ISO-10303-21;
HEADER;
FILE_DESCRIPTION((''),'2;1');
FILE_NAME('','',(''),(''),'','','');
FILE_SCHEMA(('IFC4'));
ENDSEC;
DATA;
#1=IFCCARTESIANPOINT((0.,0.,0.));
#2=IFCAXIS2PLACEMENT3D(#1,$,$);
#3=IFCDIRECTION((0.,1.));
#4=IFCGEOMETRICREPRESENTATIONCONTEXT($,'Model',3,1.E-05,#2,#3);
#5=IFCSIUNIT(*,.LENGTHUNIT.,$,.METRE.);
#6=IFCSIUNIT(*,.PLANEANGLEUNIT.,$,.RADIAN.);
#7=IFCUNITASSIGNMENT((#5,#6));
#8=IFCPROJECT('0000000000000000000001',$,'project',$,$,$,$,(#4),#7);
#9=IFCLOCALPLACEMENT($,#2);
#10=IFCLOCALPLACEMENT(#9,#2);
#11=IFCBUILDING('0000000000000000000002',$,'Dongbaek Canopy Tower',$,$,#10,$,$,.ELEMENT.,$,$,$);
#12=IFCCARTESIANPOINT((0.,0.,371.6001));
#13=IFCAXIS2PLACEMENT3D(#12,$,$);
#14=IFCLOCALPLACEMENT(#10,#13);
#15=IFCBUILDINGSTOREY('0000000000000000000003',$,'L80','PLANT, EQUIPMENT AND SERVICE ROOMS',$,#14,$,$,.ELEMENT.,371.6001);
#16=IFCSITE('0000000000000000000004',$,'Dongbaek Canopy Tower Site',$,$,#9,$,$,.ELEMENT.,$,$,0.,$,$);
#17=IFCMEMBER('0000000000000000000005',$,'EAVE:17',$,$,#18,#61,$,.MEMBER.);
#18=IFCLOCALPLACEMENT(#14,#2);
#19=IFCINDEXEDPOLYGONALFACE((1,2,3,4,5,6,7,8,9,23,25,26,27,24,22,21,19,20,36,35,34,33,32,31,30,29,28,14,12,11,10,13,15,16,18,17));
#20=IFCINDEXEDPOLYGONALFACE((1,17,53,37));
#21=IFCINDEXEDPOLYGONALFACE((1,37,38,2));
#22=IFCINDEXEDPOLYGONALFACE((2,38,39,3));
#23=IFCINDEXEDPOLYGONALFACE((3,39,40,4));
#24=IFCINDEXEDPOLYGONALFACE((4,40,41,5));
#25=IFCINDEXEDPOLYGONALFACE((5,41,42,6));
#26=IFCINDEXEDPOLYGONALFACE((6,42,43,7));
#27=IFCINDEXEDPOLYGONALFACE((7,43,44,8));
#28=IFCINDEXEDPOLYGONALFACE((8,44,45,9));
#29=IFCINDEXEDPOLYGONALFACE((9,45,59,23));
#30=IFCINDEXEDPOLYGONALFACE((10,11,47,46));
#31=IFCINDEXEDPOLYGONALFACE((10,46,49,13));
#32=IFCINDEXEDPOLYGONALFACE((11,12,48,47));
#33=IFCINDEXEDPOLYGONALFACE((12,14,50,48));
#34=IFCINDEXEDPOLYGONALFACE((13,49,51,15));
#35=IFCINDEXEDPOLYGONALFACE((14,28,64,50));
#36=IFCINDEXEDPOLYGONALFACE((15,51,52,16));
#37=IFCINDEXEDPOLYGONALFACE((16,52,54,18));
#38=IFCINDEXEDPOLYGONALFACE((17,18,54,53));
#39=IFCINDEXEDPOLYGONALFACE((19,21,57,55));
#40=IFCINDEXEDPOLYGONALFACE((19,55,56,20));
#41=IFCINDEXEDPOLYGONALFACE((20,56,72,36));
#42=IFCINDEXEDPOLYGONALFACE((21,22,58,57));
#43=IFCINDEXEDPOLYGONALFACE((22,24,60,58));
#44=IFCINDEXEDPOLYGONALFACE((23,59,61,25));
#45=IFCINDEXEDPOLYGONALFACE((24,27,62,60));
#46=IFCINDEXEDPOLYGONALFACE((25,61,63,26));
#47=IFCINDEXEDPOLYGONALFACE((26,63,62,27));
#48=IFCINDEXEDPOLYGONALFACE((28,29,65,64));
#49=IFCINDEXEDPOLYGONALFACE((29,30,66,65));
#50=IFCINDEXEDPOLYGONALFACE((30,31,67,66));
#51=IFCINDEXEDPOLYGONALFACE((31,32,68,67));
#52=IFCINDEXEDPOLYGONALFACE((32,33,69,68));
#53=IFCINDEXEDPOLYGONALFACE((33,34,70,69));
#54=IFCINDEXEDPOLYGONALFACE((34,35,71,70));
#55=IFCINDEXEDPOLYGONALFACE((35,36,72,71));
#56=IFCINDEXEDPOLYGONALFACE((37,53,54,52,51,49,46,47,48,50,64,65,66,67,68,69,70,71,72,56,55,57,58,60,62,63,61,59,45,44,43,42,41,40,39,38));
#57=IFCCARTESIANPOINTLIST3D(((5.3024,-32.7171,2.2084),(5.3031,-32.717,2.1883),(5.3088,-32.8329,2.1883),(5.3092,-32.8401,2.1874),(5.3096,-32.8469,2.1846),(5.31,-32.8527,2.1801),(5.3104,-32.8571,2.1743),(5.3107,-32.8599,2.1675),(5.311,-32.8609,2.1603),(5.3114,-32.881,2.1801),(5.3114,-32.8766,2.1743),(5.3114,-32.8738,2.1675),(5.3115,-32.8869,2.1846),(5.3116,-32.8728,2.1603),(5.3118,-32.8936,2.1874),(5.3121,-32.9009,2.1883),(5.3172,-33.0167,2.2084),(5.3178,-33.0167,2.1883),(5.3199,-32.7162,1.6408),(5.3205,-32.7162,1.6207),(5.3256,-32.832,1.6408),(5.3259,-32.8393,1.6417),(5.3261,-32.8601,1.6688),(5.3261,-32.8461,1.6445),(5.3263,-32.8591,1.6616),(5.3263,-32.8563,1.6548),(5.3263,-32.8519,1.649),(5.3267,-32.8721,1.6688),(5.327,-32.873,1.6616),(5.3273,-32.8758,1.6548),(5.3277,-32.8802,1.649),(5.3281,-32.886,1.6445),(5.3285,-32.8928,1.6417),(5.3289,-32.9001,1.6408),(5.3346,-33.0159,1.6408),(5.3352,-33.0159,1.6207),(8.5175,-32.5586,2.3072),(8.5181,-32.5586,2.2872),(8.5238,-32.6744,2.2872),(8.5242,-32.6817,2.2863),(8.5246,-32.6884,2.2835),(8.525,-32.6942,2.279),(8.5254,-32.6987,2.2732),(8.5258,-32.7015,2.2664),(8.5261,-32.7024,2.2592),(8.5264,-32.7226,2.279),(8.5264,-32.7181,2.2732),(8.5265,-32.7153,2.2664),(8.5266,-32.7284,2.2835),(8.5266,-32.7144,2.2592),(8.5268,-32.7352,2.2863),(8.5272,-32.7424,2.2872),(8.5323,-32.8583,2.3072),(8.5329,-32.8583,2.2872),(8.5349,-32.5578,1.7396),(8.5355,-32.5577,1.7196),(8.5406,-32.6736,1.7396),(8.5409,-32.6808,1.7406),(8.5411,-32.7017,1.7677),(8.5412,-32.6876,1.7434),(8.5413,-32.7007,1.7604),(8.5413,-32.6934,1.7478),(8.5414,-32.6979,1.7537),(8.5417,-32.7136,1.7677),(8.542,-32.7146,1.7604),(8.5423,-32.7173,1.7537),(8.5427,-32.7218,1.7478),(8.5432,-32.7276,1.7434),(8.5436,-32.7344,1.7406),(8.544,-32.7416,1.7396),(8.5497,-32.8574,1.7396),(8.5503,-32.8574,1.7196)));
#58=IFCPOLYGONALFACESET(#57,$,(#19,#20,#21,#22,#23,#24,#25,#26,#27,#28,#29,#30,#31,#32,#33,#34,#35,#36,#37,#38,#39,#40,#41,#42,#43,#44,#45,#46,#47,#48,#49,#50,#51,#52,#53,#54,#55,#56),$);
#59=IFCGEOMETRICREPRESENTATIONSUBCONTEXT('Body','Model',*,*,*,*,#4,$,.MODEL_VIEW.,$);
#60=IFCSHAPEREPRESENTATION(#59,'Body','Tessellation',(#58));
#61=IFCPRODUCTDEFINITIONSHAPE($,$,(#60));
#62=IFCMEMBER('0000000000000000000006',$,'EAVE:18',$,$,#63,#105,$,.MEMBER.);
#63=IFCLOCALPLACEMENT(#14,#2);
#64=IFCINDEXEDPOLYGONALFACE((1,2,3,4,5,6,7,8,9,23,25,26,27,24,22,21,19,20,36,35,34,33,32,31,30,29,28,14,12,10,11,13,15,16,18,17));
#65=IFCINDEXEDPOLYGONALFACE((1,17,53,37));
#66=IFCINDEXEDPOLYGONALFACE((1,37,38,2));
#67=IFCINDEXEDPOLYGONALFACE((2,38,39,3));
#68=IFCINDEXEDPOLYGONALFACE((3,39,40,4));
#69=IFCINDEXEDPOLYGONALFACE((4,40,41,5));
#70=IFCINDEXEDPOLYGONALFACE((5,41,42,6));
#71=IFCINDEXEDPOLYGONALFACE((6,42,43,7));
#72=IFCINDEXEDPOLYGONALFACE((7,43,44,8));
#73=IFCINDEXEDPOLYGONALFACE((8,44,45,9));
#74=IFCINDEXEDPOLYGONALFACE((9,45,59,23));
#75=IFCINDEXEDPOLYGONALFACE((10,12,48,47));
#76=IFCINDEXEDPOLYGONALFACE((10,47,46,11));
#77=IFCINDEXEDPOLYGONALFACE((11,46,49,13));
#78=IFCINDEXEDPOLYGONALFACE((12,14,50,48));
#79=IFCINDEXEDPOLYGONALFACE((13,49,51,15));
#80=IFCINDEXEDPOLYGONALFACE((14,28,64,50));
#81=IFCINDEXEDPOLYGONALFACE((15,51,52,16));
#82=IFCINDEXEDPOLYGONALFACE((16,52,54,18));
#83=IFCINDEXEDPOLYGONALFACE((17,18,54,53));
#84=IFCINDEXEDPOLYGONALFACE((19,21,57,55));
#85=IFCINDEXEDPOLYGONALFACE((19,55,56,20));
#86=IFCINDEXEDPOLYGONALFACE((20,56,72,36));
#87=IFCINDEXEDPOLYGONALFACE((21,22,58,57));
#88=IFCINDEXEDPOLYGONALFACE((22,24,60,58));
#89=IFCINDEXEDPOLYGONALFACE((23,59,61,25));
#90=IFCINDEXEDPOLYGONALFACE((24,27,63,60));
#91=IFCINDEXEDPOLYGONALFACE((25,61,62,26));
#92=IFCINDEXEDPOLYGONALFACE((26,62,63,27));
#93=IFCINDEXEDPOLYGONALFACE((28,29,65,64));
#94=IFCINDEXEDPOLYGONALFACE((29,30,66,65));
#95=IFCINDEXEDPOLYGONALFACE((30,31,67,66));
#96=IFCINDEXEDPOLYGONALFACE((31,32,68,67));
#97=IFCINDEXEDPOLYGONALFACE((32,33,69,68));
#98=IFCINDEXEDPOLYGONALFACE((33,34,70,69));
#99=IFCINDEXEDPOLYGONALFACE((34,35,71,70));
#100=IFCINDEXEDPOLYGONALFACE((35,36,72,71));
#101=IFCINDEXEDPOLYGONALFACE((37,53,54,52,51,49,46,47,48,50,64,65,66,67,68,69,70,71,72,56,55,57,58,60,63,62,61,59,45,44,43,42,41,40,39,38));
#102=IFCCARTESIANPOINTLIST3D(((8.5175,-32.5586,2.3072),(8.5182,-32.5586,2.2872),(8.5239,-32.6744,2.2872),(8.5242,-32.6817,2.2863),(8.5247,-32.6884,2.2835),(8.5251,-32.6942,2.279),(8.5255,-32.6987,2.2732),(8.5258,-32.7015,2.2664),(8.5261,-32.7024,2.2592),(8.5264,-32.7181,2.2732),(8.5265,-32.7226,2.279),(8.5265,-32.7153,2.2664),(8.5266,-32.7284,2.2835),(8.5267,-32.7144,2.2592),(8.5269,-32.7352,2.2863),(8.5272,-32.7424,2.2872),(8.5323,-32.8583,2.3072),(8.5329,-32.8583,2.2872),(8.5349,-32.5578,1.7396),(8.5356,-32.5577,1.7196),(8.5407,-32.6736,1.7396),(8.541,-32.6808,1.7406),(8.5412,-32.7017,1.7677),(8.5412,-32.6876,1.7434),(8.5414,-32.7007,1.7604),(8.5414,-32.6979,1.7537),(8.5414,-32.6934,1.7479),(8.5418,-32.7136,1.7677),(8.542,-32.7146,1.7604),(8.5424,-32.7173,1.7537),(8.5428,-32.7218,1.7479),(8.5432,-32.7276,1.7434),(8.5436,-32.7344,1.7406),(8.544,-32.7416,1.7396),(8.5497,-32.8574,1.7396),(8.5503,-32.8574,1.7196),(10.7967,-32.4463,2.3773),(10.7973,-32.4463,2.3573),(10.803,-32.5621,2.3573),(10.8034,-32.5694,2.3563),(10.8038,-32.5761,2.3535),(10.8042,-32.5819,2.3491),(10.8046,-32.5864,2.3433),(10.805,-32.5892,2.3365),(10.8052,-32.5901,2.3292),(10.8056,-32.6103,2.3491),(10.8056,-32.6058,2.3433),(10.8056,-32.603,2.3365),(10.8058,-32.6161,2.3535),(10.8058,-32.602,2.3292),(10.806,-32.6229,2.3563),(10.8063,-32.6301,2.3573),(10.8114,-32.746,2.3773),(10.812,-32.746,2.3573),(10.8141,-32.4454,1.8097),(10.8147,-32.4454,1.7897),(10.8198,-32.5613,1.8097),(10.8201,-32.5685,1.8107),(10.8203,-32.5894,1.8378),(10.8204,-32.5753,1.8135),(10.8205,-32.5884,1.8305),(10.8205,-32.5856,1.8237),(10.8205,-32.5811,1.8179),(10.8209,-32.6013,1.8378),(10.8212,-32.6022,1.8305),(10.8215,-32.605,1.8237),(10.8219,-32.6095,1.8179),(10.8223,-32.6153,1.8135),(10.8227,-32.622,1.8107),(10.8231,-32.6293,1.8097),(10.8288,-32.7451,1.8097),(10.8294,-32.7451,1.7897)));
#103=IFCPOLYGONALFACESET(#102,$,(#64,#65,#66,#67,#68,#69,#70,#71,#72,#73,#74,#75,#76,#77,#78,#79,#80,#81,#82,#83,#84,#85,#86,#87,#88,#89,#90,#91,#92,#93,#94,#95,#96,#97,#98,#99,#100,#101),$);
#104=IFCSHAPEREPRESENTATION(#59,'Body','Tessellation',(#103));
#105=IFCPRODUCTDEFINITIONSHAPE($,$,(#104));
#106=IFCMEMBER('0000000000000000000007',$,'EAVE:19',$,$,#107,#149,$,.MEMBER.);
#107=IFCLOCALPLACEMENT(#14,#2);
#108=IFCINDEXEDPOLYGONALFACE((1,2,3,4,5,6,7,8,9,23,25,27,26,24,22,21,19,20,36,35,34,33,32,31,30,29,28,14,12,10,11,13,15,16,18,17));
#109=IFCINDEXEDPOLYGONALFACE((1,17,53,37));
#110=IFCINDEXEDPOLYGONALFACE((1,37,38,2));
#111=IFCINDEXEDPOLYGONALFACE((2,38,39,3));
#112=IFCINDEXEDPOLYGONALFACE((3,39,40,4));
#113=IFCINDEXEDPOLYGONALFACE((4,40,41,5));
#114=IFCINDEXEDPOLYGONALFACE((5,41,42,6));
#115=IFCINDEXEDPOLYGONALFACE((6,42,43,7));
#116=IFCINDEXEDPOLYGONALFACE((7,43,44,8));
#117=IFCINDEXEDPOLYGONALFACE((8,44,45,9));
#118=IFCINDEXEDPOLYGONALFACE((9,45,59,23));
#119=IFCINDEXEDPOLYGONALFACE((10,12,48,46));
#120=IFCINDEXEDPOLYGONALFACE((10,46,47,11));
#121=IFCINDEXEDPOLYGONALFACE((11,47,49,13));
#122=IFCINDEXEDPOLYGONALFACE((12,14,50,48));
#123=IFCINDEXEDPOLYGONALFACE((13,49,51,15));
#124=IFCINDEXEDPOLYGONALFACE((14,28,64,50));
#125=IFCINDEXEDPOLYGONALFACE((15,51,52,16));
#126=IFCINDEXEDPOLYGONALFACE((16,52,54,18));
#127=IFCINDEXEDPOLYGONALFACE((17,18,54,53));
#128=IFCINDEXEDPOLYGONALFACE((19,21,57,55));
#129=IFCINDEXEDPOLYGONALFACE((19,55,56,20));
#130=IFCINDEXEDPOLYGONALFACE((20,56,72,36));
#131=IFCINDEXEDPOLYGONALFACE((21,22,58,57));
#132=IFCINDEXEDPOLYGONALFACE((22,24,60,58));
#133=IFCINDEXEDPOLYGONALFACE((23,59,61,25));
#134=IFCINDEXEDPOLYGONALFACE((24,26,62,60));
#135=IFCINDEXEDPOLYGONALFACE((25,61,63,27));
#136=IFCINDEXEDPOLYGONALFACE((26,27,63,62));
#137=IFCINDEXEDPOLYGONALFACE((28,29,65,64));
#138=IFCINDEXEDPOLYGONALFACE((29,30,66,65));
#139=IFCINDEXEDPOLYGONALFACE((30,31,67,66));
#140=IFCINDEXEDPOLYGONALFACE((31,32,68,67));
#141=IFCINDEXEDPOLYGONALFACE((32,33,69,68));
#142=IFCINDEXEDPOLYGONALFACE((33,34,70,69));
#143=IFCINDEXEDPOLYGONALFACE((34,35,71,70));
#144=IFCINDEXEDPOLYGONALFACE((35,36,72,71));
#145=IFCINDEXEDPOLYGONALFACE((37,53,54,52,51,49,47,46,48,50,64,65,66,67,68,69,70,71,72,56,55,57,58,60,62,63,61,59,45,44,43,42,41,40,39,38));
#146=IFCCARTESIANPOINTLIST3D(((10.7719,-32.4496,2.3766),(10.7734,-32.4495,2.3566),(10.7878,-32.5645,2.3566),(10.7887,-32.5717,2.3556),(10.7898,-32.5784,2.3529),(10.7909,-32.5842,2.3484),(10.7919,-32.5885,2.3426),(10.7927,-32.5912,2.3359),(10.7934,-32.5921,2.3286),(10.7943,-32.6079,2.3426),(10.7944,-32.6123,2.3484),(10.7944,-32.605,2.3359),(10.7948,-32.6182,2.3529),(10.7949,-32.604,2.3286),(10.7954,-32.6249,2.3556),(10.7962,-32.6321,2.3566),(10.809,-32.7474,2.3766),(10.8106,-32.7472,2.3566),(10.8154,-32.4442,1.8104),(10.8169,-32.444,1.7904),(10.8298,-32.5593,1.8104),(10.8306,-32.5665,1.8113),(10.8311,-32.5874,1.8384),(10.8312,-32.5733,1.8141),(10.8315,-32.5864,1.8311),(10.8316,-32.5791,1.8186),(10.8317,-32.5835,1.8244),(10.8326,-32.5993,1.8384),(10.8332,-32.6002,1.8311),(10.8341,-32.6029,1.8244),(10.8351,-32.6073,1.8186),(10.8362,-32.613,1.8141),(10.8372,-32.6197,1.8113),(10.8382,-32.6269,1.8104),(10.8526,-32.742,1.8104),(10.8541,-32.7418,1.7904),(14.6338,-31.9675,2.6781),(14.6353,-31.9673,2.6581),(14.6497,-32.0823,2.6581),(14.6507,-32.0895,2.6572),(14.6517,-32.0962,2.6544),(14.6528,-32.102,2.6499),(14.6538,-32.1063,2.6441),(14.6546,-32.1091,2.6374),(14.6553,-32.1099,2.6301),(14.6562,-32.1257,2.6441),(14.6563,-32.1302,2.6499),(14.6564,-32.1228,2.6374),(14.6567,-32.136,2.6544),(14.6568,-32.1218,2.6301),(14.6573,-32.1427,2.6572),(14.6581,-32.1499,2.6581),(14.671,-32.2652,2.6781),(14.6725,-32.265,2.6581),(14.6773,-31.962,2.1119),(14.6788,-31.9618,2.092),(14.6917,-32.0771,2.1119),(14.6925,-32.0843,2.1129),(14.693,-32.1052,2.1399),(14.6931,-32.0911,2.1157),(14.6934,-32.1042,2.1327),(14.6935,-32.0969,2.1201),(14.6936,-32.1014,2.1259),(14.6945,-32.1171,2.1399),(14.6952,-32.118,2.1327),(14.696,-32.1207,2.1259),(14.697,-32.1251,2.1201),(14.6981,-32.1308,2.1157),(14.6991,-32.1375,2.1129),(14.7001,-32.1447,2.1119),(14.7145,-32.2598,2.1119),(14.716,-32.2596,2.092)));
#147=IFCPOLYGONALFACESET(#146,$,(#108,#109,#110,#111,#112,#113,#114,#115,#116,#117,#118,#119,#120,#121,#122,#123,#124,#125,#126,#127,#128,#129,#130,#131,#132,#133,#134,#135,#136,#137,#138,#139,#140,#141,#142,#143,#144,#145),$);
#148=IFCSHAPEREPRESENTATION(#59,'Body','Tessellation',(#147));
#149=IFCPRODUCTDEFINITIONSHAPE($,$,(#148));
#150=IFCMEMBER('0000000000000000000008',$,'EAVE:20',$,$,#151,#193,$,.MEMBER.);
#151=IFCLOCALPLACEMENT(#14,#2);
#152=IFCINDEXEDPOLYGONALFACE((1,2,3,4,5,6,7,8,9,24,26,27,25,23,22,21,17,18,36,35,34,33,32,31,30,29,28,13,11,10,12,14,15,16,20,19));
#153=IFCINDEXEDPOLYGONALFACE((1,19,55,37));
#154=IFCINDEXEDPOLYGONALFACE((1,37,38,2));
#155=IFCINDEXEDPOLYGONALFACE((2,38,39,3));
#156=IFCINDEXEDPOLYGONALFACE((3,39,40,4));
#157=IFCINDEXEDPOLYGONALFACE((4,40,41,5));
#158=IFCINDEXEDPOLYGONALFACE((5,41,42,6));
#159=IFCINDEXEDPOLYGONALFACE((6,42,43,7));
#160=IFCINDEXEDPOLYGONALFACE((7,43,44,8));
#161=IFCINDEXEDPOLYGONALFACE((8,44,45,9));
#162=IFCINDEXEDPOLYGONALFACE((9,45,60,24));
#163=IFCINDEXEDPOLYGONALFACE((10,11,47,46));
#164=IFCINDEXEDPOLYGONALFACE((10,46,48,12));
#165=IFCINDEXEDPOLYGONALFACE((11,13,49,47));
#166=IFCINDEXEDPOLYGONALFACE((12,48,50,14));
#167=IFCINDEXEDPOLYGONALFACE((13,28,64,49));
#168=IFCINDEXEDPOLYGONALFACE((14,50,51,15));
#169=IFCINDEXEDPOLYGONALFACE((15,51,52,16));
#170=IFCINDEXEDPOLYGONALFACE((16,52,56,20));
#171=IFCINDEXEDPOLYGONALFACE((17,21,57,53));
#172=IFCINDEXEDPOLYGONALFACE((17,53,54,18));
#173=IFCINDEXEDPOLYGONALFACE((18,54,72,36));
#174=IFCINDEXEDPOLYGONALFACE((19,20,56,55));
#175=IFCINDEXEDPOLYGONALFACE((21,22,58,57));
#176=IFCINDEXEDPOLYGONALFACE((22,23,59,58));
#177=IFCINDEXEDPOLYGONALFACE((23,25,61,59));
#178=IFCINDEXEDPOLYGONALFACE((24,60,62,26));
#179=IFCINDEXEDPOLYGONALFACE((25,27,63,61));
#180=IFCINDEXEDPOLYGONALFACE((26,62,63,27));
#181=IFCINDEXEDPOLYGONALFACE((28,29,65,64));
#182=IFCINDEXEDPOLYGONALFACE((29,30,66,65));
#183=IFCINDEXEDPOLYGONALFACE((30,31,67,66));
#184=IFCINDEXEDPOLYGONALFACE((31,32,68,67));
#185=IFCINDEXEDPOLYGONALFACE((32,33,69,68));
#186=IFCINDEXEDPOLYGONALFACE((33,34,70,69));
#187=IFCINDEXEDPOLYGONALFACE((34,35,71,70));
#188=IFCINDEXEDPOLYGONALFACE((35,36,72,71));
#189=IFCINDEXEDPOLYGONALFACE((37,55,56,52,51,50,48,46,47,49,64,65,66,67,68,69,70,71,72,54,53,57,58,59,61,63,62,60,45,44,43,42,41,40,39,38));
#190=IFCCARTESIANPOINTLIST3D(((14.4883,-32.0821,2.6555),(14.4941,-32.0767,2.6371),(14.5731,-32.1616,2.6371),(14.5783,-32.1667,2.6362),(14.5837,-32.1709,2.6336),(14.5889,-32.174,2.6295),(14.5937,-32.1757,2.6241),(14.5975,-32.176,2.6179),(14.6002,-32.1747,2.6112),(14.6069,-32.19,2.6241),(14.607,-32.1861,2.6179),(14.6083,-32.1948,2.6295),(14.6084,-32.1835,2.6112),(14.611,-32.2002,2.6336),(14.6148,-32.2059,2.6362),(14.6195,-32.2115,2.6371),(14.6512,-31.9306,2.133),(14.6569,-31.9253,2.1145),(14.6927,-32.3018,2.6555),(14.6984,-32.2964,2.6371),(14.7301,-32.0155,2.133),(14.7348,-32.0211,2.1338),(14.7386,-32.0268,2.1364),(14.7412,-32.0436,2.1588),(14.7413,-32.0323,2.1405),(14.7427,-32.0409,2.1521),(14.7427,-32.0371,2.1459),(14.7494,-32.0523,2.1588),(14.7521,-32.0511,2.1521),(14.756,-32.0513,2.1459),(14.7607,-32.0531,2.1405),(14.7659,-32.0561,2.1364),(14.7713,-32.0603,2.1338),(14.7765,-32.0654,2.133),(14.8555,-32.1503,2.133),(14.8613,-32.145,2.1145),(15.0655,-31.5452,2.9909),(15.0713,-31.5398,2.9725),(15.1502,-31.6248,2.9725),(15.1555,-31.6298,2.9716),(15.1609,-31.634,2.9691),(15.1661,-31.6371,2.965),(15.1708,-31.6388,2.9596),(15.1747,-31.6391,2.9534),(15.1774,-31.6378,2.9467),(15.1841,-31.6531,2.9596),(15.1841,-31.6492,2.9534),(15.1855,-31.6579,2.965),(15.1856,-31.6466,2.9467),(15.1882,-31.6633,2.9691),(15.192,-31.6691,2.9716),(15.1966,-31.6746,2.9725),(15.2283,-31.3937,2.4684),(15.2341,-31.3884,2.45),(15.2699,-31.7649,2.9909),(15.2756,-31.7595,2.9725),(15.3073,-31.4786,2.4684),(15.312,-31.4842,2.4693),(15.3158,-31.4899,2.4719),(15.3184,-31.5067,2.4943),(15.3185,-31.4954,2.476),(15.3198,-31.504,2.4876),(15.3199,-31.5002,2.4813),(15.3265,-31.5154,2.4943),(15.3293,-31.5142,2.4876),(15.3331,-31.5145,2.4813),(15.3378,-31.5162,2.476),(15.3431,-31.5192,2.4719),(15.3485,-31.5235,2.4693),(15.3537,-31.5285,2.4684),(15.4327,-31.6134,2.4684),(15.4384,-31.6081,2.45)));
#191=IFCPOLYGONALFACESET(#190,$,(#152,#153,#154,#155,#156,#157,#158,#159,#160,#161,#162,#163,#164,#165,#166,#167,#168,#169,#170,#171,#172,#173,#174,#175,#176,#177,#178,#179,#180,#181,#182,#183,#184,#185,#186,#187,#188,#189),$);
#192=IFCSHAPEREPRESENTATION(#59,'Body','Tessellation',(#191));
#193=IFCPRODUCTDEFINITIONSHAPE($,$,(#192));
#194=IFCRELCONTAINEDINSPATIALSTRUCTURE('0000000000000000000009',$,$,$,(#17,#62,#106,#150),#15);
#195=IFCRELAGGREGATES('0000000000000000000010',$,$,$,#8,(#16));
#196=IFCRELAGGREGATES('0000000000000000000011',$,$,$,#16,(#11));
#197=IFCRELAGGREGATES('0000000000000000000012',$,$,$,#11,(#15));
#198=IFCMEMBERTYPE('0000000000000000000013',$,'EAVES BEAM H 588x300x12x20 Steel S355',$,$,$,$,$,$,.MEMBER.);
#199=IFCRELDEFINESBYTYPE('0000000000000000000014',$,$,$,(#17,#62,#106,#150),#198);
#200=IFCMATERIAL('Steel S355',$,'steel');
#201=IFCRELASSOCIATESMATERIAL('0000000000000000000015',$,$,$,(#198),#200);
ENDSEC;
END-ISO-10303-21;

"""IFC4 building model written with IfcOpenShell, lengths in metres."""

from ifc_helpers import new_model, si_unit, direction, frame, origin, origin_2d, place, context, subcontext, project, spatial, i_section, extrude, material, material_profile, profile_set, type_object, element, save


model = new_model("IFC4")

# Units and contexts
model_context = context("Model", 3, precision=1e-05, world=origin(), true_north=direction((0.0, 1.0)))
body_context = subcontext(model_context, "Body", "Model", "MODEL_VIEW")
ifc_project = project(units=[si_unit("LENGTHUNIT", "METRE"), si_unit("PLANEANGLEUNIT", "RADIAN")], contexts=[model_context])

# Site, building, storey
site_placement = place(None, origin())
site = spatial("IfcSite", under=ifc_project, at=site_placement, Name="Dongbaek Canopy Tower Site", CompositionType="ELEMENT", RefElevation=0.0)
building_placement = place(site_placement, origin())
building = spatial("IfcBuilding", under=site, at=building_placement, Name="Dongbaek Canopy Tower", CompositionType="ELEMENT")
storey_placement = place(building_placement, frame((0.0, 0.0, 371.6001)))
storey = spatial("IfcBuildingStorey", under=building, at=storey_placement, Name="L80", Description="PLANT, EQUIPMENT AND SERVICE ROOMS", CompositionType="ELEMENT", Elevation=371.6001)

# Members
ifc_material_1 = material(Name="Steel S355", Category="steel")
ifc_material_profile_1 = material_profile(ifc_material_1, i_section(OverallWidth=0.3, OverallDepth=0.5879, WebThickness=0.012, FlangeThickness=0.02, FilletRadius=0.0281, at=origin_2d()), Name="EAVES BEAM H 588x300x12x20 Steel S355")
ifc_profile_set_1 = profile_set([ifc_material_profile_1], Name="Steel S355")
member_type_1 = type_object("IfcMemberType", Name="EAVES BEAM H 588x300x12x20 Steel S355", PredefinedType="MEMBER", material=ifc_profile_set_1)
member_1_placement = place(storey_placement, frame((5.3188, -32.8665, 1.9146), z_axis=(0.998317, 0.049199, 0.030702), x_axis=(-0.049223, 0.998788, 0.0)))
element("IfcMember", 1, at=member_1_placement, inside=storey, type_object=member_type_1, Name="EAVE:17", PredefinedType="MEMBER", context=body_context, shape_type="SweptSolid", body=[
    extrude(i_section(OverallWidth=0.3, OverallDepth=0.5879, WebThickness=0.012, FlangeThickness=0.02, FilletRadius=0.0281, at=origin_2d()), origin(), (0.0, 0.0, 1.0), 3.2205),
])
member_2_placement = place(storey_placement, frame((8.5339, -32.708, 2.0134), z_axis=(0.998318, 0.049194, 0.030693), x_axis=(-0.049217, 0.998788, 0.0)))
element("IfcMember", 2, at=member_2_placement, inside=storey, type_object=member_type_1, Name="EAVE:18", PredefinedType="MEMBER", context=body_context, shape_type="SweptSolid", body=[
    extrude(i_section(OverallWidth=0.3, OverallDepth=0.5879, WebThickness=0.012, FlangeThickness=0.02, FilletRadius=0.0281, at=origin_2d()), origin(), (0.0, 0.0, 1.0), 2.283),
])
member_3_placement = place(storey_placement, frame((10.813, -32.5957, 2.0835), z_axis=(0.989331, 0.123526, 0.077243), x_axis=(-0.123896, 0.992295, 0.0)))
element("IfcMember", 3, at=member_3_placement, inside=storey, type_object=member_type_1, Name="EAVE:19", PredefinedType="MEMBER", context=body_context, shape_type="SweptSolid", body=[
    extrude(i_section(OverallWidth=0.3, OverallDepth=0.5879, WebThickness=0.012, FlangeThickness=0.02, FilletRadius=0.0281, at=origin_2d()), origin(), (0.0, 0.0, 1.0), 3.9036),
])
member_4_placement = place(storey_placement, frame((14.6748, -32.1135, 2.385), z_axis=(0.673727, 0.626702, 0.391582), x_axis=(-0.681092, 0.732198, 0.0)))
element("IfcMember", 4, at=member_4_placement, inside=storey, type_object=member_type_1, Name="EAVE:20", PredefinedType="MEMBER", context=body_context, shape_type="SweptSolid", body=[
    extrude(i_section(OverallWidth=0.3, OverallDepth=0.5879, WebThickness=0.012, FlangeThickness=0.02, FilletRadius=0.0281, at=origin_2d()), origin(), (0.0, 0.0, 1.0), 0.8567),
])

save(model, "model.ifc")
